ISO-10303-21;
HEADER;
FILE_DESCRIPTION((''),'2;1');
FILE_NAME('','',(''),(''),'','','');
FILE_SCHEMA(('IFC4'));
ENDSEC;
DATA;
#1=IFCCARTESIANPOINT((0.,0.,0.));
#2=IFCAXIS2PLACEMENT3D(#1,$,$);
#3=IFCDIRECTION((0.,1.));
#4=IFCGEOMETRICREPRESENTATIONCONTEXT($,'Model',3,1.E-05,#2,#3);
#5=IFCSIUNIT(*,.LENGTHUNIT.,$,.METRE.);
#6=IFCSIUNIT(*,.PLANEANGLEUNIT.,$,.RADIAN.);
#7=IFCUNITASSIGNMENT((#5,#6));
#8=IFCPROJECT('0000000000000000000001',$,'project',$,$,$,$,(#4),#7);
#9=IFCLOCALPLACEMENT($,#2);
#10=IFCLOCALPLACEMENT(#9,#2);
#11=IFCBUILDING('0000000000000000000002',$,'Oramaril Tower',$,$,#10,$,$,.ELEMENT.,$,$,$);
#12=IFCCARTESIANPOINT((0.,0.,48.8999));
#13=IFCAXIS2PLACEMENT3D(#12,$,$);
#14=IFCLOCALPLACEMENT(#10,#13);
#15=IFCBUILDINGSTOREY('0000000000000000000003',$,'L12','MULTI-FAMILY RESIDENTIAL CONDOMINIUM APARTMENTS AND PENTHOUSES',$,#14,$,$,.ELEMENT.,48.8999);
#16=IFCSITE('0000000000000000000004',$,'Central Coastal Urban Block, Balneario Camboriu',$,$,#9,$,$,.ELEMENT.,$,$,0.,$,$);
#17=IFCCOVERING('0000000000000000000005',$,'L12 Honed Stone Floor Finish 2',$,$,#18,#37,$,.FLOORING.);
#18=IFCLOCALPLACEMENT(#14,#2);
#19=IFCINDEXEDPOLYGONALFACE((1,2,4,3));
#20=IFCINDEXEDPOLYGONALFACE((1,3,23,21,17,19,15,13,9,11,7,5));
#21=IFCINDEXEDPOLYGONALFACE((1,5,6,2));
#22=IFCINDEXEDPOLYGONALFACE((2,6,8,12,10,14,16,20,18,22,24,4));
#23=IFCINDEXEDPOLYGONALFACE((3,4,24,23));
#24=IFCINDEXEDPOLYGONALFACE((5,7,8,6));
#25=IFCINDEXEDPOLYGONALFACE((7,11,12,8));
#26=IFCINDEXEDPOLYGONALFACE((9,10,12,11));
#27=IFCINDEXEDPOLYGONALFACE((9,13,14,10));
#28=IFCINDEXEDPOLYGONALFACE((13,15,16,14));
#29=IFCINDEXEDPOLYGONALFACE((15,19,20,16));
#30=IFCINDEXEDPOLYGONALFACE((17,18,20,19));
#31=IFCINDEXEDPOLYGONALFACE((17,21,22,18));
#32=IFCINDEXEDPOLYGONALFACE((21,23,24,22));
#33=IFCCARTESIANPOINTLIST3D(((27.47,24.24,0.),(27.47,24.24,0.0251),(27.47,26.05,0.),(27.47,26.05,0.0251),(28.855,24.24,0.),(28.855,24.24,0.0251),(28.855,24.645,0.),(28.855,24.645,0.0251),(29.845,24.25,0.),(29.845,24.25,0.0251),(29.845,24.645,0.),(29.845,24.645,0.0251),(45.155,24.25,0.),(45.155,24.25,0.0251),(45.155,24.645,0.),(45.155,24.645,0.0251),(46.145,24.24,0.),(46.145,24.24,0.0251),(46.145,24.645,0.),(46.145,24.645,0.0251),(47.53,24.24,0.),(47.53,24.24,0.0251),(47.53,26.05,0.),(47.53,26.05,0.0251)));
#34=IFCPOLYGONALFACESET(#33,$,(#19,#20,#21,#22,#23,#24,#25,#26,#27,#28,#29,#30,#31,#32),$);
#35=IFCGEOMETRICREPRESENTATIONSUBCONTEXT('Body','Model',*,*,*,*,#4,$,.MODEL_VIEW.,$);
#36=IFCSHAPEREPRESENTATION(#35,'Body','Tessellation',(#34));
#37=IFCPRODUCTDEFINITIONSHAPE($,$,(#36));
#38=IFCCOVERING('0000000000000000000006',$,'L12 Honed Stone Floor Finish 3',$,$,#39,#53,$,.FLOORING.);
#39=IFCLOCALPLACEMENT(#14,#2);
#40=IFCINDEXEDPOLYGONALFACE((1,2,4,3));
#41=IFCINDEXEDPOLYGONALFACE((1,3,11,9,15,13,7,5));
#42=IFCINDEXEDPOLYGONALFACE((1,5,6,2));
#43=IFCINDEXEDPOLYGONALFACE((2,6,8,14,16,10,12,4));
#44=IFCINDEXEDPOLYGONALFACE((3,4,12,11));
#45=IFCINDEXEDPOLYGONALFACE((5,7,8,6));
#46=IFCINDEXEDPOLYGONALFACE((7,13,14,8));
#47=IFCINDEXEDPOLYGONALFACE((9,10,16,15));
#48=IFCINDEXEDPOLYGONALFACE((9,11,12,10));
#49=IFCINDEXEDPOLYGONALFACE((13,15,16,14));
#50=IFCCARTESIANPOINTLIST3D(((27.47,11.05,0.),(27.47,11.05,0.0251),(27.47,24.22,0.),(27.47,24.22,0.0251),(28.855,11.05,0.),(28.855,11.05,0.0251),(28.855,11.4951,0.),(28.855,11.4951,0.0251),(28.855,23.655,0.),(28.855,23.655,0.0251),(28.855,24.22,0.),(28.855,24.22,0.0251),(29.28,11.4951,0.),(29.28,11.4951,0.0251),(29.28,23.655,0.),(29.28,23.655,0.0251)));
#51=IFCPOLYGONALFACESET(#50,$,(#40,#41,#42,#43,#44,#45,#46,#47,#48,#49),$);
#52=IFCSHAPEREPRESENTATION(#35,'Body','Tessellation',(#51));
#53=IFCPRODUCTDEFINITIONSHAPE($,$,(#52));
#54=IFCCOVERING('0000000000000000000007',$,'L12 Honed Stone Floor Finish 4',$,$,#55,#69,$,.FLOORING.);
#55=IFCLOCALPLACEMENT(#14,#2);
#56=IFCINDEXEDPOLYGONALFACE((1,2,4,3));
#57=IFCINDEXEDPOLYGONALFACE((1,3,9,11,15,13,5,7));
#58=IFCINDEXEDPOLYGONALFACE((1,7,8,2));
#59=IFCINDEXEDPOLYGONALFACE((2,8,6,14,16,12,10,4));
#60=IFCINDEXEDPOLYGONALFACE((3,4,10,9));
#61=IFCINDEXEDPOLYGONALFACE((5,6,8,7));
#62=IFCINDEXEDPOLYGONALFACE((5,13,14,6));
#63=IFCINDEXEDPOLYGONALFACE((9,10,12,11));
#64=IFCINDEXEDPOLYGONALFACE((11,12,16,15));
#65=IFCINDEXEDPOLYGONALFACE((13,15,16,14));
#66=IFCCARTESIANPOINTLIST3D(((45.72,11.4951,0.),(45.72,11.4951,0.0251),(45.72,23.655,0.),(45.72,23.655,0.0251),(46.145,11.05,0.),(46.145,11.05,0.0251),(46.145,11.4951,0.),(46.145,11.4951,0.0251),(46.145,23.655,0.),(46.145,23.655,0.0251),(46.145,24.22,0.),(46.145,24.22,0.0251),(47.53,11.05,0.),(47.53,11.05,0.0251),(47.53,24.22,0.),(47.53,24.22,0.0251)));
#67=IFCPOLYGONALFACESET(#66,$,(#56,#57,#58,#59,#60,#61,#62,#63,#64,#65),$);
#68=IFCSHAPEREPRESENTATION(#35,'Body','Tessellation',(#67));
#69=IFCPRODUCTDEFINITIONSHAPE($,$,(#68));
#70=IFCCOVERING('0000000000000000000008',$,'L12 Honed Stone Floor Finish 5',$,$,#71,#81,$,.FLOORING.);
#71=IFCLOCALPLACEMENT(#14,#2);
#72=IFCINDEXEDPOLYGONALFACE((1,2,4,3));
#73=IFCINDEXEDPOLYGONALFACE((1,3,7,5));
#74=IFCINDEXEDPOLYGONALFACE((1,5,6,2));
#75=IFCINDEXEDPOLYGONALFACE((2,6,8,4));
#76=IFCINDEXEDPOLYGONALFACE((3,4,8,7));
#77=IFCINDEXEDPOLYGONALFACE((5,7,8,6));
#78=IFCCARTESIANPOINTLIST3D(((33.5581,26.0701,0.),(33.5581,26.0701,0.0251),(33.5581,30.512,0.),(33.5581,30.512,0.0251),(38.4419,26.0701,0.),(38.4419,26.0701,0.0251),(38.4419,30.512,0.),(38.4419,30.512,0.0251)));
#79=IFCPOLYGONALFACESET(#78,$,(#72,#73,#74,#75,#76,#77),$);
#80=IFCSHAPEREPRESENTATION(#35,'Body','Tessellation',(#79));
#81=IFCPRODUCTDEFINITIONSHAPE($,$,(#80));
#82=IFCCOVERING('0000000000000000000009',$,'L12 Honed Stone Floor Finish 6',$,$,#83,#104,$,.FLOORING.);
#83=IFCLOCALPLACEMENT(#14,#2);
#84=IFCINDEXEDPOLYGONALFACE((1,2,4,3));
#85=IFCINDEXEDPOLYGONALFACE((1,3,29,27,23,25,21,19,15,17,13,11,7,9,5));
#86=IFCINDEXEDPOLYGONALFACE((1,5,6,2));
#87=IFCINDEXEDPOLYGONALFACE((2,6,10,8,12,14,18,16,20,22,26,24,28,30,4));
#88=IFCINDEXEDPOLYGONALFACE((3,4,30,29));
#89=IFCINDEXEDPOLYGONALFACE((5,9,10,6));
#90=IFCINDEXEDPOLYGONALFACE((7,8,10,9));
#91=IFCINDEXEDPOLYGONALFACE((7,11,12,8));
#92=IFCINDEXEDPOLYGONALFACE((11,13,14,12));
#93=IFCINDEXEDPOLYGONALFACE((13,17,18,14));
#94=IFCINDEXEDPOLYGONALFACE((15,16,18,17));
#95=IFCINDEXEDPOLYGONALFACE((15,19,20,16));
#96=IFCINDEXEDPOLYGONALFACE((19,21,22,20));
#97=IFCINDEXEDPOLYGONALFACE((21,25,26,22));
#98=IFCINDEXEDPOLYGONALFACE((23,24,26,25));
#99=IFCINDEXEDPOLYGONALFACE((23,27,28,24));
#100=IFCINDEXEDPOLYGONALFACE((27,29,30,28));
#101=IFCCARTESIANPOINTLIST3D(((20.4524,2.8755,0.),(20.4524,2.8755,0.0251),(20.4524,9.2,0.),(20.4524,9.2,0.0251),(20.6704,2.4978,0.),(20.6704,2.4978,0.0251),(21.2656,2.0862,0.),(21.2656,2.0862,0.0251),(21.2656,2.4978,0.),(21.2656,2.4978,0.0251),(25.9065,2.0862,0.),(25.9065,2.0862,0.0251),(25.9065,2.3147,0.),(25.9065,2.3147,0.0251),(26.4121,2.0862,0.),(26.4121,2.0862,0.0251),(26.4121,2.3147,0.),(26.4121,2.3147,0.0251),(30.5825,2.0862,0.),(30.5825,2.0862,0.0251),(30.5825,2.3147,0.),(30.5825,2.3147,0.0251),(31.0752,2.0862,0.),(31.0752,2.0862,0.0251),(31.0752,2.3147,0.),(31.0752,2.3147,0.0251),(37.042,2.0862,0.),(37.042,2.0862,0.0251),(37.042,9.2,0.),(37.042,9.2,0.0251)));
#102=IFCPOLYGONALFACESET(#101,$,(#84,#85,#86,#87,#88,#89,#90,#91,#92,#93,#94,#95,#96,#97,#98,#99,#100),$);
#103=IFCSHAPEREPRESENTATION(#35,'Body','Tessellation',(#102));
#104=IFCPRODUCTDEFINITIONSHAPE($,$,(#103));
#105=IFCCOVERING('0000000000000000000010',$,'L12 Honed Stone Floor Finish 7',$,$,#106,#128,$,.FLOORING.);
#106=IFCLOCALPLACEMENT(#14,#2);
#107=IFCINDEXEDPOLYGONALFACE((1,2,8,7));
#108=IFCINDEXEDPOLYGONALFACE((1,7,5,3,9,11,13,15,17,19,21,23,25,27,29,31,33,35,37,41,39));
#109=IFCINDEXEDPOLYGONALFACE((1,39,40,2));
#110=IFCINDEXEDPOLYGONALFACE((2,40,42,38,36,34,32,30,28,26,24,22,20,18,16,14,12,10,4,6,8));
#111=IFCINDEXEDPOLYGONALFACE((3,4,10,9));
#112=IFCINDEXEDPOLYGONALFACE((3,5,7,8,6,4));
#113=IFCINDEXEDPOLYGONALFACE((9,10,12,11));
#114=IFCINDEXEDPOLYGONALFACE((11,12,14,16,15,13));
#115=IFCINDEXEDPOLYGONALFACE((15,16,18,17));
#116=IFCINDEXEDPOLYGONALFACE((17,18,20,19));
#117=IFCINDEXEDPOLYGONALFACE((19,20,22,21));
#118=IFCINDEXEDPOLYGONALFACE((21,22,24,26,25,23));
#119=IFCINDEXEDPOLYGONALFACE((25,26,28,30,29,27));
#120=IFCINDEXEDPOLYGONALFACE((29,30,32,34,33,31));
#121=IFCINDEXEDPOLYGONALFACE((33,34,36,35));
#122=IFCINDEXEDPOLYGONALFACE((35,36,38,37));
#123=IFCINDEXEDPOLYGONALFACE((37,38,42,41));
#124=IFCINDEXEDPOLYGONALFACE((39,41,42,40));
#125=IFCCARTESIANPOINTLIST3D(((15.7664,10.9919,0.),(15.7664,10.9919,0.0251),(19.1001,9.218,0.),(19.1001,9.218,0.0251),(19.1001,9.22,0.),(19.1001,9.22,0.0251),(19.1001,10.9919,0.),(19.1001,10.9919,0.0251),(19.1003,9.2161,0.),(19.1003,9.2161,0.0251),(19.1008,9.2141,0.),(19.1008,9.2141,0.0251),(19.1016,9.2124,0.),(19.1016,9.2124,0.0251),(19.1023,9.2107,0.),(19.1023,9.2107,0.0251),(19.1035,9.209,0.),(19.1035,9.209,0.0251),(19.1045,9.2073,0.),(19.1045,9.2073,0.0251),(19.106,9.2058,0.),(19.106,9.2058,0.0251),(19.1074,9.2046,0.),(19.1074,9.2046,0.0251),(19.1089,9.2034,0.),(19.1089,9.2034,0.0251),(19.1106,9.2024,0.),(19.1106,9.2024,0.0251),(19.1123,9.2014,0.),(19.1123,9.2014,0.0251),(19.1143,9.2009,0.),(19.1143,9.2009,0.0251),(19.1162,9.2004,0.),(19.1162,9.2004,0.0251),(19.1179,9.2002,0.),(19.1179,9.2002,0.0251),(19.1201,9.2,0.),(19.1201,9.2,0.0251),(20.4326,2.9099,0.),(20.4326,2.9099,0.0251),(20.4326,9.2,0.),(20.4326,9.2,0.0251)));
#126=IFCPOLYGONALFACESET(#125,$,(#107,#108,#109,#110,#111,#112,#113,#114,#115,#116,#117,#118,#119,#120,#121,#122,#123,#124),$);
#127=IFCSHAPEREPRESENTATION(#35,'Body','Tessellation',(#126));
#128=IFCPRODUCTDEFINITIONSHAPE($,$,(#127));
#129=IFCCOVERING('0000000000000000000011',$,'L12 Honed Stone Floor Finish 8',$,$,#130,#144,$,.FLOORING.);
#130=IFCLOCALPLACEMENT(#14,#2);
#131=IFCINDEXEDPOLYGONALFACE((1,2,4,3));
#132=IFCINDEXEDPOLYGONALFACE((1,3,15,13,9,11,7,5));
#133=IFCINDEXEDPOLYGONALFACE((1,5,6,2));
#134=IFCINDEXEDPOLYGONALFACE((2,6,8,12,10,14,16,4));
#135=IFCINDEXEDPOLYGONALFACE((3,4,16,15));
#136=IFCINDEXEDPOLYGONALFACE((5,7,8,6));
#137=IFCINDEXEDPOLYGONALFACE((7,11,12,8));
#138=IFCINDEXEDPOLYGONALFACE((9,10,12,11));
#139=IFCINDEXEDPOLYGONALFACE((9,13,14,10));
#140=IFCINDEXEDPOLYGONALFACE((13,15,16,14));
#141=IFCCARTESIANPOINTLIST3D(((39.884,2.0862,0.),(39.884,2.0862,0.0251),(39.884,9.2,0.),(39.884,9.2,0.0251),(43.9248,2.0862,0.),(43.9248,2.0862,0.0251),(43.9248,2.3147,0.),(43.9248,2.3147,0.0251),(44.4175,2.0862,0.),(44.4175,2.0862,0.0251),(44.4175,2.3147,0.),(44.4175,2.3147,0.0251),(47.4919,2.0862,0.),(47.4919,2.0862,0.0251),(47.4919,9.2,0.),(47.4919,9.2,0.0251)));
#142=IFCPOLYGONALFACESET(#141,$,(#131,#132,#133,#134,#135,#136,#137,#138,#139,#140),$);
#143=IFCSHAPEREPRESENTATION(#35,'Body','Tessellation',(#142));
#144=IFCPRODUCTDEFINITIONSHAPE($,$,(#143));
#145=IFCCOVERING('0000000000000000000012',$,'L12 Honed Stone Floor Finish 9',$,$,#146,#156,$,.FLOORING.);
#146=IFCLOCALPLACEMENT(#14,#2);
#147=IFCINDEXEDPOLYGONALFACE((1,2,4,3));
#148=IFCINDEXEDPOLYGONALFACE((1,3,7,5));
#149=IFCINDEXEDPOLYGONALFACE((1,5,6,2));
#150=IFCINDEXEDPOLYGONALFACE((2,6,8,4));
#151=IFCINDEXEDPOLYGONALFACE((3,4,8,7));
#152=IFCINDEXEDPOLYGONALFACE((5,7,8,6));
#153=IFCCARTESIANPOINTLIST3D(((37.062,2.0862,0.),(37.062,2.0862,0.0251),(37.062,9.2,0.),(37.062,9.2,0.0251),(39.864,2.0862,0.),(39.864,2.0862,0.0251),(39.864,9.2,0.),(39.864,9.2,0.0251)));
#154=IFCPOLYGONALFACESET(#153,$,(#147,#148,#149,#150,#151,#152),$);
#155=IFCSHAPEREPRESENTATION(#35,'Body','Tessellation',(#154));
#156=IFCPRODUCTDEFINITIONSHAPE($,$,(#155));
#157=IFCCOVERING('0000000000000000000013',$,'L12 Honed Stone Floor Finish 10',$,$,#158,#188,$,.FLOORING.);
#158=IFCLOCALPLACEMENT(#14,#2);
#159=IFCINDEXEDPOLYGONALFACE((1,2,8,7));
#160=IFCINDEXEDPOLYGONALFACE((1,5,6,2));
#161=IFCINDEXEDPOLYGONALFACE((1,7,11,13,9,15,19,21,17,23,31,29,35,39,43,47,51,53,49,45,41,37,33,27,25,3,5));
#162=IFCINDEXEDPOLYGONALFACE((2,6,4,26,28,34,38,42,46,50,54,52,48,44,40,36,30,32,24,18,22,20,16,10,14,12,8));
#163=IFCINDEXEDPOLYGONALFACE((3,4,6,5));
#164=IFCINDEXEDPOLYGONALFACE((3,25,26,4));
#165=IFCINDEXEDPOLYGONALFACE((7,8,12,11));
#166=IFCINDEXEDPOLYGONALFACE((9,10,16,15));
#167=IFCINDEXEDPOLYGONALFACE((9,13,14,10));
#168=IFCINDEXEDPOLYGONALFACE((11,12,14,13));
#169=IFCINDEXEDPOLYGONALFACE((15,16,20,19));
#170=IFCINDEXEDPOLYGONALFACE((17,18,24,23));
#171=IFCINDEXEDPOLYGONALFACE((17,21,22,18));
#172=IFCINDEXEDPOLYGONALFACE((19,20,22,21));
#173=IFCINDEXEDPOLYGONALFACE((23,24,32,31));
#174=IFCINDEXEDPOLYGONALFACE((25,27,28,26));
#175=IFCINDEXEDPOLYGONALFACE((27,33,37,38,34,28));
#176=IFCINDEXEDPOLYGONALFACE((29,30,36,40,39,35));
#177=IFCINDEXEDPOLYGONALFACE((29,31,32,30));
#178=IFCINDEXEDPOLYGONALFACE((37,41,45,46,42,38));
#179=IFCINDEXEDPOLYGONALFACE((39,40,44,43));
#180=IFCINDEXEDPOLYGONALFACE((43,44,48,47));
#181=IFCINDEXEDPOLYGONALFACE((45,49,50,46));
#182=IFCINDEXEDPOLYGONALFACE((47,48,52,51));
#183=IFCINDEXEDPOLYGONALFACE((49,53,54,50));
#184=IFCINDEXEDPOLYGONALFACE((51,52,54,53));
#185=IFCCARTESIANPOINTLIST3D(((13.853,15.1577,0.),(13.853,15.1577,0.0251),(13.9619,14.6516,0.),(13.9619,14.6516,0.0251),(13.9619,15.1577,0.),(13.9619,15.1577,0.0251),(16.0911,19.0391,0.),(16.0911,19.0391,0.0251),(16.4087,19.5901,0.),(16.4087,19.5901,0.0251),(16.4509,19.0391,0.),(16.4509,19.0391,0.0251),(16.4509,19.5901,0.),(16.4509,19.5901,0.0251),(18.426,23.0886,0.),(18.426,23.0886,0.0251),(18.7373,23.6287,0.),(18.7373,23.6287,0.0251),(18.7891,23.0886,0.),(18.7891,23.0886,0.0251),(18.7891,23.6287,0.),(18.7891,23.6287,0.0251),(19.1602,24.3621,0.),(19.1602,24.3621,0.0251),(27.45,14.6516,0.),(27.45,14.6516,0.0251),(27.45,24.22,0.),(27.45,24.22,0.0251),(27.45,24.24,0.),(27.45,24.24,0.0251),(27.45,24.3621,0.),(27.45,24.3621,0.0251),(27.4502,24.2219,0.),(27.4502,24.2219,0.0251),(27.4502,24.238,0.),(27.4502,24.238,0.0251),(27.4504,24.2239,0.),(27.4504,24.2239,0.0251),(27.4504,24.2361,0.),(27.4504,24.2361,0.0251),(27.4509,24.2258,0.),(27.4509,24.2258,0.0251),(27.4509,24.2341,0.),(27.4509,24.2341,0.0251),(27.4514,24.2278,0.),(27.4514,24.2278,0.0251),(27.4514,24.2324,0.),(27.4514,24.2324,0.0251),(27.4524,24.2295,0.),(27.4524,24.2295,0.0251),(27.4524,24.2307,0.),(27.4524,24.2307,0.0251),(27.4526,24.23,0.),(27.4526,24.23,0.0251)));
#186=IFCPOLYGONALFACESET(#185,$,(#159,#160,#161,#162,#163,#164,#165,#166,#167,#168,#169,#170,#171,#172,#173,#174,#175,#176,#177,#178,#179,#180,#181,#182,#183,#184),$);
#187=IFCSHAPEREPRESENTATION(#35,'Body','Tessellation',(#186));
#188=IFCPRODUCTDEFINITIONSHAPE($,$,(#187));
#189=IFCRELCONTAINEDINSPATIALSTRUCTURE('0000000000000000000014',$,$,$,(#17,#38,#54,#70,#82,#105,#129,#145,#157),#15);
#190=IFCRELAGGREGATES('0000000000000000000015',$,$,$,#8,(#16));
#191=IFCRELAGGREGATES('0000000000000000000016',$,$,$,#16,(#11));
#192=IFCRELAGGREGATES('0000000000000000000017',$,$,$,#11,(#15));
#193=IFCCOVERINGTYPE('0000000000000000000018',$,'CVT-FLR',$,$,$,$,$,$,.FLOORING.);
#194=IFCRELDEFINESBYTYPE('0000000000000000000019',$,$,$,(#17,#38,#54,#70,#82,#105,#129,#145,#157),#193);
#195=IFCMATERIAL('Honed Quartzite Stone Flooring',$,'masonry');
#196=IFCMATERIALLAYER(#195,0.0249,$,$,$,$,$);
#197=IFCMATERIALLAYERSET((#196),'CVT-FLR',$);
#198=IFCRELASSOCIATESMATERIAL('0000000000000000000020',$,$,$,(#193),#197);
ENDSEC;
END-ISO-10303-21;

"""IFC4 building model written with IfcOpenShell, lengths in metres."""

from ifc_helpers import new_model, si_unit, direction, frame, origin, place, context, subcontext, project, spatial, polyline, outline, extrude, material, layer, layer_set, type_object, element, save


model = new_model("IFC4")

# Units and contexts
model_context = context("Model", 3, precision=1e-05, world=origin(), true_north=direction((0.0, 1.0)))
body_context = subcontext(model_context, "Body", "Model", "MODEL_VIEW")
ifc_project = project(units=[si_unit("LENGTHUNIT", "METRE"), si_unit("PLANEANGLEUNIT", "RADIAN")], contexts=[model_context])

# Site, building, storey
site_placement = place(None, origin())
site = spatial("IfcSite", under=ifc_project, at=site_placement, Name="Central Coastal Urban Block, Balneario Camboriu", CompositionType="ELEMENT", RefElevation=0.0)
building_placement = place(site_placement, origin())
building = spatial("IfcBuilding", under=site, at=building_placement, Name="Oramaril Tower", CompositionType="ELEMENT")
storey_placement = place(building_placement, frame((0.0, 0.0, 48.8999)))
storey = spatial("IfcBuildingStorey", under=building, at=storey_placement, Name="L12", Description="MULTI-FAMILY RESIDENTIAL CONDOMINIUM APARTMENTS AND PENTHOUSES", CompositionType="ELEMENT", Elevation=48.8999)

# Coverings
ifc_material_1 = material(Name="Honed Quartzite Stone Flooring", Category="masonry")
ifc_layer_1 = layer(ifc_material_1, 0.0249)
ifc_layer_set_1 = layer_set([ifc_layer_1], Name="CVT-FLR")
covering_type = type_object("IfcCoveringType", Name="CVT-FLR", PredefinedType="FLOORING", material=ifc_layer_set_1)
covering_1_placement = place(storey_placement, origin())
element("IfcCovering", 1, at=covering_1_placement, inside=storey, type_object=covering_type, Name="L12 Honed Stone Floor Finish 2", PredefinedType="FLOORING", context=body_context, shape_type="SweptSolid", body=[
    extrude(outline(polyline([(47.53, 24.24), (46.145, 24.24), (46.145, 24.645), (45.155, 24.645), (45.155, 24.25), (29.845, 24.25), (29.845, 24.645), (28.855, 24.645), (28.855, 24.24), (27.47, 24.24), (27.47, 26.05), (47.53, 26.05), (47.53, 24.24)])), origin(), (0.0, 0.0, 1.0), 0.0251),
])
covering_2_placement = place(storey_placement, origin())
element("IfcCovering", 2, at=covering_2_placement, inside=storey, type_object=covering_type, Name="L12 Honed Stone Floor Finish 3", PredefinedType="FLOORING", context=body_context, shape_type="SweptSolid", body=[
    extrude(outline(polyline([(28.855, 23.655), (29.28, 23.655), (29.28, 11.4951), (28.855, 11.4951), (28.855, 11.05), (27.47, 11.05), (27.47, 24.22), (28.855, 24.22), (28.855, 23.655)])), origin(), (0.0, 0.0, 1.0), 0.0251),
])
covering_3_placement = place(storey_placement, origin())
element("IfcCovering", 3, at=covering_3_placement, inside=storey, type_object=covering_type, Name="L12 Honed Stone Floor Finish 4", PredefinedType="FLOORING", context=body_context, shape_type="SweptSolid", body=[
    extrude(outline(polyline([(47.53, 11.05), (46.145, 11.05), (46.145, 11.4951), (45.72, 11.4951), (45.72, 23.655), (46.145, 23.655), (46.145, 24.22), (47.53, 24.22), (47.53, 11.05)])), origin(), (0.0, 0.0, 1.0), 0.0251),
])
covering_4_placement = place(storey_placement, origin())
element("IfcCovering", 4, at=covering_4_placement, inside=storey, type_object=covering_type, Name="L12 Honed Stone Floor Finish 5", PredefinedType="FLOORING", context=body_context, shape_type="SweptSolid", body=[
    extrude(outline(polyline([(38.4419, 30.512), (38.4419, 26.0701), (33.5581, 26.0701), (33.5581, 30.512), (38.4419, 30.512)])), origin(), (0.0, 0.0, 1.0), 0.0251),
])
covering_5_placement = place(storey_placement, origin())
element("IfcCovering", 5, at=covering_5_placement, inside=storey, type_object=covering_type, Name="L12 Honed Stone Floor Finish 6", PredefinedType="FLOORING", context=body_context, shape_type="SweptSolid", body=[
    extrude(outline(polyline([(31.0752, 2.3147), (30.5825, 2.3147), (30.5825, 2.0862), (26.4121, 2.0862), (26.4121, 2.3147), (25.9065, 2.3147), (25.9065, 2.0862), (21.2656, 2.0862), (21.2656, 2.4978), (20.6704, 2.4978), (20.4524, 2.8755), (20.4524, 9.2), (37.042, 9.2), (37.042, 2.0862), (31.0752, 2.0862), (31.0752, 2.3147)])), origin(), (0.0, 0.0, 1.0), 0.0251),
])
covering_6_placement = place(storey_placement, origin())
element("IfcCovering", 6, at=covering_6_placement, inside=storey, type_object=covering_type, Name="L12 Honed Stone Floor Finish 7", PredefinedType="FLOORING", context=body_context, shape_type="SweptSolid", body=[
    extrude(outline(polyline([(15.7664, 10.9919), (19.1001, 10.9919), (19.1001, 9.22), (19.1001, 9.218), (19.1003, 9.2161), (19.1008, 9.2141), (19.1016, 9.2124), (19.1023, 9.2107), (19.1035, 9.209), (19.1045, 9.2073), (19.106, 9.2058), (19.1074, 9.2046), (19.1089, 9.2034), (19.1106, 9.2024), (19.1123, 9.2014), (19.1143, 9.2009), (19.1162, 9.2004), (19.1179, 9.2002), (19.1201, 9.2), (20.4326, 9.2), (20.4326, 2.9099), (15.7664, 10.9919)])), origin(), (0.0, 0.0, 1.0), 0.0251),
])
covering_7_placement = place(storey_placement, origin())
element("IfcCovering", 7, at=covering_7_placement, inside=storey, type_object=covering_type, Name="L12 Honed Stone Floor Finish 8", PredefinedType="FLOORING", context=body_context, shape_type="SweptSolid", body=[
    extrude(outline(polyline([(44.4175, 2.3147), (43.9248, 2.3147), (43.9248, 2.0862), (39.884, 2.0862), (39.884, 9.2), (47.4919, 9.2), (47.4919, 2.0862), (44.4175, 2.0862), (44.4175, 2.3147)])), origin(), (0.0, 0.0, 1.0), 0.0251),
])
covering_8_placement = place(storey_placement, origin())
element("IfcCovering", 8, at=covering_8_placement, inside=storey, type_object=covering_type, Name="L12 Honed Stone Floor Finish 9", PredefinedType="FLOORING", context=body_context, shape_type="SweptSolid", body=[
    extrude(outline(polyline([(37.062, 2.0862), (37.062, 9.2), (39.864, 9.2), (39.864, 2.0862), (37.062, 2.0862)])), origin(), (0.0, 0.0, 1.0), 0.0251),
])
covering_9_placement = place(storey_placement, origin())
element("IfcCovering", 9, at=covering_9_placement, inside=storey, type_object=covering_type, Name="L12 Honed Stone Floor Finish 10", PredefinedType="FLOORING", context=body_context, shape_type="SweptSolid", body=[
    extrude(outline(polyline([(13.9619, 14.6516), (13.9619, 15.1577), (13.853, 15.1577), (16.0911, 19.0391), (16.4509, 19.0391), (16.4509, 19.5901), (16.4087, 19.5901), (18.426, 23.0886), (18.7891, 23.0886), (18.7891, 23.6287), (18.7373, 23.6287), (19.1602, 24.3621), (27.45, 24.3621), (27.45, 24.24), (27.4502, 24.238), (27.4504, 24.2361), (27.4509, 24.2341), (27.4514, 24.2324), (27.4524, 24.2307), (27.4526, 24.23), (27.4524, 24.2295), (27.4514, 24.2278), (27.4509, 24.2258), (27.4504, 24.2239), (27.4502, 24.2219), (27.45, 24.22), (27.45, 14.6516), (13.9619, 14.6516)])), origin(), (0.0, 0.0, 1.0), 0.0251),
])

save(model, "model.ifc")
